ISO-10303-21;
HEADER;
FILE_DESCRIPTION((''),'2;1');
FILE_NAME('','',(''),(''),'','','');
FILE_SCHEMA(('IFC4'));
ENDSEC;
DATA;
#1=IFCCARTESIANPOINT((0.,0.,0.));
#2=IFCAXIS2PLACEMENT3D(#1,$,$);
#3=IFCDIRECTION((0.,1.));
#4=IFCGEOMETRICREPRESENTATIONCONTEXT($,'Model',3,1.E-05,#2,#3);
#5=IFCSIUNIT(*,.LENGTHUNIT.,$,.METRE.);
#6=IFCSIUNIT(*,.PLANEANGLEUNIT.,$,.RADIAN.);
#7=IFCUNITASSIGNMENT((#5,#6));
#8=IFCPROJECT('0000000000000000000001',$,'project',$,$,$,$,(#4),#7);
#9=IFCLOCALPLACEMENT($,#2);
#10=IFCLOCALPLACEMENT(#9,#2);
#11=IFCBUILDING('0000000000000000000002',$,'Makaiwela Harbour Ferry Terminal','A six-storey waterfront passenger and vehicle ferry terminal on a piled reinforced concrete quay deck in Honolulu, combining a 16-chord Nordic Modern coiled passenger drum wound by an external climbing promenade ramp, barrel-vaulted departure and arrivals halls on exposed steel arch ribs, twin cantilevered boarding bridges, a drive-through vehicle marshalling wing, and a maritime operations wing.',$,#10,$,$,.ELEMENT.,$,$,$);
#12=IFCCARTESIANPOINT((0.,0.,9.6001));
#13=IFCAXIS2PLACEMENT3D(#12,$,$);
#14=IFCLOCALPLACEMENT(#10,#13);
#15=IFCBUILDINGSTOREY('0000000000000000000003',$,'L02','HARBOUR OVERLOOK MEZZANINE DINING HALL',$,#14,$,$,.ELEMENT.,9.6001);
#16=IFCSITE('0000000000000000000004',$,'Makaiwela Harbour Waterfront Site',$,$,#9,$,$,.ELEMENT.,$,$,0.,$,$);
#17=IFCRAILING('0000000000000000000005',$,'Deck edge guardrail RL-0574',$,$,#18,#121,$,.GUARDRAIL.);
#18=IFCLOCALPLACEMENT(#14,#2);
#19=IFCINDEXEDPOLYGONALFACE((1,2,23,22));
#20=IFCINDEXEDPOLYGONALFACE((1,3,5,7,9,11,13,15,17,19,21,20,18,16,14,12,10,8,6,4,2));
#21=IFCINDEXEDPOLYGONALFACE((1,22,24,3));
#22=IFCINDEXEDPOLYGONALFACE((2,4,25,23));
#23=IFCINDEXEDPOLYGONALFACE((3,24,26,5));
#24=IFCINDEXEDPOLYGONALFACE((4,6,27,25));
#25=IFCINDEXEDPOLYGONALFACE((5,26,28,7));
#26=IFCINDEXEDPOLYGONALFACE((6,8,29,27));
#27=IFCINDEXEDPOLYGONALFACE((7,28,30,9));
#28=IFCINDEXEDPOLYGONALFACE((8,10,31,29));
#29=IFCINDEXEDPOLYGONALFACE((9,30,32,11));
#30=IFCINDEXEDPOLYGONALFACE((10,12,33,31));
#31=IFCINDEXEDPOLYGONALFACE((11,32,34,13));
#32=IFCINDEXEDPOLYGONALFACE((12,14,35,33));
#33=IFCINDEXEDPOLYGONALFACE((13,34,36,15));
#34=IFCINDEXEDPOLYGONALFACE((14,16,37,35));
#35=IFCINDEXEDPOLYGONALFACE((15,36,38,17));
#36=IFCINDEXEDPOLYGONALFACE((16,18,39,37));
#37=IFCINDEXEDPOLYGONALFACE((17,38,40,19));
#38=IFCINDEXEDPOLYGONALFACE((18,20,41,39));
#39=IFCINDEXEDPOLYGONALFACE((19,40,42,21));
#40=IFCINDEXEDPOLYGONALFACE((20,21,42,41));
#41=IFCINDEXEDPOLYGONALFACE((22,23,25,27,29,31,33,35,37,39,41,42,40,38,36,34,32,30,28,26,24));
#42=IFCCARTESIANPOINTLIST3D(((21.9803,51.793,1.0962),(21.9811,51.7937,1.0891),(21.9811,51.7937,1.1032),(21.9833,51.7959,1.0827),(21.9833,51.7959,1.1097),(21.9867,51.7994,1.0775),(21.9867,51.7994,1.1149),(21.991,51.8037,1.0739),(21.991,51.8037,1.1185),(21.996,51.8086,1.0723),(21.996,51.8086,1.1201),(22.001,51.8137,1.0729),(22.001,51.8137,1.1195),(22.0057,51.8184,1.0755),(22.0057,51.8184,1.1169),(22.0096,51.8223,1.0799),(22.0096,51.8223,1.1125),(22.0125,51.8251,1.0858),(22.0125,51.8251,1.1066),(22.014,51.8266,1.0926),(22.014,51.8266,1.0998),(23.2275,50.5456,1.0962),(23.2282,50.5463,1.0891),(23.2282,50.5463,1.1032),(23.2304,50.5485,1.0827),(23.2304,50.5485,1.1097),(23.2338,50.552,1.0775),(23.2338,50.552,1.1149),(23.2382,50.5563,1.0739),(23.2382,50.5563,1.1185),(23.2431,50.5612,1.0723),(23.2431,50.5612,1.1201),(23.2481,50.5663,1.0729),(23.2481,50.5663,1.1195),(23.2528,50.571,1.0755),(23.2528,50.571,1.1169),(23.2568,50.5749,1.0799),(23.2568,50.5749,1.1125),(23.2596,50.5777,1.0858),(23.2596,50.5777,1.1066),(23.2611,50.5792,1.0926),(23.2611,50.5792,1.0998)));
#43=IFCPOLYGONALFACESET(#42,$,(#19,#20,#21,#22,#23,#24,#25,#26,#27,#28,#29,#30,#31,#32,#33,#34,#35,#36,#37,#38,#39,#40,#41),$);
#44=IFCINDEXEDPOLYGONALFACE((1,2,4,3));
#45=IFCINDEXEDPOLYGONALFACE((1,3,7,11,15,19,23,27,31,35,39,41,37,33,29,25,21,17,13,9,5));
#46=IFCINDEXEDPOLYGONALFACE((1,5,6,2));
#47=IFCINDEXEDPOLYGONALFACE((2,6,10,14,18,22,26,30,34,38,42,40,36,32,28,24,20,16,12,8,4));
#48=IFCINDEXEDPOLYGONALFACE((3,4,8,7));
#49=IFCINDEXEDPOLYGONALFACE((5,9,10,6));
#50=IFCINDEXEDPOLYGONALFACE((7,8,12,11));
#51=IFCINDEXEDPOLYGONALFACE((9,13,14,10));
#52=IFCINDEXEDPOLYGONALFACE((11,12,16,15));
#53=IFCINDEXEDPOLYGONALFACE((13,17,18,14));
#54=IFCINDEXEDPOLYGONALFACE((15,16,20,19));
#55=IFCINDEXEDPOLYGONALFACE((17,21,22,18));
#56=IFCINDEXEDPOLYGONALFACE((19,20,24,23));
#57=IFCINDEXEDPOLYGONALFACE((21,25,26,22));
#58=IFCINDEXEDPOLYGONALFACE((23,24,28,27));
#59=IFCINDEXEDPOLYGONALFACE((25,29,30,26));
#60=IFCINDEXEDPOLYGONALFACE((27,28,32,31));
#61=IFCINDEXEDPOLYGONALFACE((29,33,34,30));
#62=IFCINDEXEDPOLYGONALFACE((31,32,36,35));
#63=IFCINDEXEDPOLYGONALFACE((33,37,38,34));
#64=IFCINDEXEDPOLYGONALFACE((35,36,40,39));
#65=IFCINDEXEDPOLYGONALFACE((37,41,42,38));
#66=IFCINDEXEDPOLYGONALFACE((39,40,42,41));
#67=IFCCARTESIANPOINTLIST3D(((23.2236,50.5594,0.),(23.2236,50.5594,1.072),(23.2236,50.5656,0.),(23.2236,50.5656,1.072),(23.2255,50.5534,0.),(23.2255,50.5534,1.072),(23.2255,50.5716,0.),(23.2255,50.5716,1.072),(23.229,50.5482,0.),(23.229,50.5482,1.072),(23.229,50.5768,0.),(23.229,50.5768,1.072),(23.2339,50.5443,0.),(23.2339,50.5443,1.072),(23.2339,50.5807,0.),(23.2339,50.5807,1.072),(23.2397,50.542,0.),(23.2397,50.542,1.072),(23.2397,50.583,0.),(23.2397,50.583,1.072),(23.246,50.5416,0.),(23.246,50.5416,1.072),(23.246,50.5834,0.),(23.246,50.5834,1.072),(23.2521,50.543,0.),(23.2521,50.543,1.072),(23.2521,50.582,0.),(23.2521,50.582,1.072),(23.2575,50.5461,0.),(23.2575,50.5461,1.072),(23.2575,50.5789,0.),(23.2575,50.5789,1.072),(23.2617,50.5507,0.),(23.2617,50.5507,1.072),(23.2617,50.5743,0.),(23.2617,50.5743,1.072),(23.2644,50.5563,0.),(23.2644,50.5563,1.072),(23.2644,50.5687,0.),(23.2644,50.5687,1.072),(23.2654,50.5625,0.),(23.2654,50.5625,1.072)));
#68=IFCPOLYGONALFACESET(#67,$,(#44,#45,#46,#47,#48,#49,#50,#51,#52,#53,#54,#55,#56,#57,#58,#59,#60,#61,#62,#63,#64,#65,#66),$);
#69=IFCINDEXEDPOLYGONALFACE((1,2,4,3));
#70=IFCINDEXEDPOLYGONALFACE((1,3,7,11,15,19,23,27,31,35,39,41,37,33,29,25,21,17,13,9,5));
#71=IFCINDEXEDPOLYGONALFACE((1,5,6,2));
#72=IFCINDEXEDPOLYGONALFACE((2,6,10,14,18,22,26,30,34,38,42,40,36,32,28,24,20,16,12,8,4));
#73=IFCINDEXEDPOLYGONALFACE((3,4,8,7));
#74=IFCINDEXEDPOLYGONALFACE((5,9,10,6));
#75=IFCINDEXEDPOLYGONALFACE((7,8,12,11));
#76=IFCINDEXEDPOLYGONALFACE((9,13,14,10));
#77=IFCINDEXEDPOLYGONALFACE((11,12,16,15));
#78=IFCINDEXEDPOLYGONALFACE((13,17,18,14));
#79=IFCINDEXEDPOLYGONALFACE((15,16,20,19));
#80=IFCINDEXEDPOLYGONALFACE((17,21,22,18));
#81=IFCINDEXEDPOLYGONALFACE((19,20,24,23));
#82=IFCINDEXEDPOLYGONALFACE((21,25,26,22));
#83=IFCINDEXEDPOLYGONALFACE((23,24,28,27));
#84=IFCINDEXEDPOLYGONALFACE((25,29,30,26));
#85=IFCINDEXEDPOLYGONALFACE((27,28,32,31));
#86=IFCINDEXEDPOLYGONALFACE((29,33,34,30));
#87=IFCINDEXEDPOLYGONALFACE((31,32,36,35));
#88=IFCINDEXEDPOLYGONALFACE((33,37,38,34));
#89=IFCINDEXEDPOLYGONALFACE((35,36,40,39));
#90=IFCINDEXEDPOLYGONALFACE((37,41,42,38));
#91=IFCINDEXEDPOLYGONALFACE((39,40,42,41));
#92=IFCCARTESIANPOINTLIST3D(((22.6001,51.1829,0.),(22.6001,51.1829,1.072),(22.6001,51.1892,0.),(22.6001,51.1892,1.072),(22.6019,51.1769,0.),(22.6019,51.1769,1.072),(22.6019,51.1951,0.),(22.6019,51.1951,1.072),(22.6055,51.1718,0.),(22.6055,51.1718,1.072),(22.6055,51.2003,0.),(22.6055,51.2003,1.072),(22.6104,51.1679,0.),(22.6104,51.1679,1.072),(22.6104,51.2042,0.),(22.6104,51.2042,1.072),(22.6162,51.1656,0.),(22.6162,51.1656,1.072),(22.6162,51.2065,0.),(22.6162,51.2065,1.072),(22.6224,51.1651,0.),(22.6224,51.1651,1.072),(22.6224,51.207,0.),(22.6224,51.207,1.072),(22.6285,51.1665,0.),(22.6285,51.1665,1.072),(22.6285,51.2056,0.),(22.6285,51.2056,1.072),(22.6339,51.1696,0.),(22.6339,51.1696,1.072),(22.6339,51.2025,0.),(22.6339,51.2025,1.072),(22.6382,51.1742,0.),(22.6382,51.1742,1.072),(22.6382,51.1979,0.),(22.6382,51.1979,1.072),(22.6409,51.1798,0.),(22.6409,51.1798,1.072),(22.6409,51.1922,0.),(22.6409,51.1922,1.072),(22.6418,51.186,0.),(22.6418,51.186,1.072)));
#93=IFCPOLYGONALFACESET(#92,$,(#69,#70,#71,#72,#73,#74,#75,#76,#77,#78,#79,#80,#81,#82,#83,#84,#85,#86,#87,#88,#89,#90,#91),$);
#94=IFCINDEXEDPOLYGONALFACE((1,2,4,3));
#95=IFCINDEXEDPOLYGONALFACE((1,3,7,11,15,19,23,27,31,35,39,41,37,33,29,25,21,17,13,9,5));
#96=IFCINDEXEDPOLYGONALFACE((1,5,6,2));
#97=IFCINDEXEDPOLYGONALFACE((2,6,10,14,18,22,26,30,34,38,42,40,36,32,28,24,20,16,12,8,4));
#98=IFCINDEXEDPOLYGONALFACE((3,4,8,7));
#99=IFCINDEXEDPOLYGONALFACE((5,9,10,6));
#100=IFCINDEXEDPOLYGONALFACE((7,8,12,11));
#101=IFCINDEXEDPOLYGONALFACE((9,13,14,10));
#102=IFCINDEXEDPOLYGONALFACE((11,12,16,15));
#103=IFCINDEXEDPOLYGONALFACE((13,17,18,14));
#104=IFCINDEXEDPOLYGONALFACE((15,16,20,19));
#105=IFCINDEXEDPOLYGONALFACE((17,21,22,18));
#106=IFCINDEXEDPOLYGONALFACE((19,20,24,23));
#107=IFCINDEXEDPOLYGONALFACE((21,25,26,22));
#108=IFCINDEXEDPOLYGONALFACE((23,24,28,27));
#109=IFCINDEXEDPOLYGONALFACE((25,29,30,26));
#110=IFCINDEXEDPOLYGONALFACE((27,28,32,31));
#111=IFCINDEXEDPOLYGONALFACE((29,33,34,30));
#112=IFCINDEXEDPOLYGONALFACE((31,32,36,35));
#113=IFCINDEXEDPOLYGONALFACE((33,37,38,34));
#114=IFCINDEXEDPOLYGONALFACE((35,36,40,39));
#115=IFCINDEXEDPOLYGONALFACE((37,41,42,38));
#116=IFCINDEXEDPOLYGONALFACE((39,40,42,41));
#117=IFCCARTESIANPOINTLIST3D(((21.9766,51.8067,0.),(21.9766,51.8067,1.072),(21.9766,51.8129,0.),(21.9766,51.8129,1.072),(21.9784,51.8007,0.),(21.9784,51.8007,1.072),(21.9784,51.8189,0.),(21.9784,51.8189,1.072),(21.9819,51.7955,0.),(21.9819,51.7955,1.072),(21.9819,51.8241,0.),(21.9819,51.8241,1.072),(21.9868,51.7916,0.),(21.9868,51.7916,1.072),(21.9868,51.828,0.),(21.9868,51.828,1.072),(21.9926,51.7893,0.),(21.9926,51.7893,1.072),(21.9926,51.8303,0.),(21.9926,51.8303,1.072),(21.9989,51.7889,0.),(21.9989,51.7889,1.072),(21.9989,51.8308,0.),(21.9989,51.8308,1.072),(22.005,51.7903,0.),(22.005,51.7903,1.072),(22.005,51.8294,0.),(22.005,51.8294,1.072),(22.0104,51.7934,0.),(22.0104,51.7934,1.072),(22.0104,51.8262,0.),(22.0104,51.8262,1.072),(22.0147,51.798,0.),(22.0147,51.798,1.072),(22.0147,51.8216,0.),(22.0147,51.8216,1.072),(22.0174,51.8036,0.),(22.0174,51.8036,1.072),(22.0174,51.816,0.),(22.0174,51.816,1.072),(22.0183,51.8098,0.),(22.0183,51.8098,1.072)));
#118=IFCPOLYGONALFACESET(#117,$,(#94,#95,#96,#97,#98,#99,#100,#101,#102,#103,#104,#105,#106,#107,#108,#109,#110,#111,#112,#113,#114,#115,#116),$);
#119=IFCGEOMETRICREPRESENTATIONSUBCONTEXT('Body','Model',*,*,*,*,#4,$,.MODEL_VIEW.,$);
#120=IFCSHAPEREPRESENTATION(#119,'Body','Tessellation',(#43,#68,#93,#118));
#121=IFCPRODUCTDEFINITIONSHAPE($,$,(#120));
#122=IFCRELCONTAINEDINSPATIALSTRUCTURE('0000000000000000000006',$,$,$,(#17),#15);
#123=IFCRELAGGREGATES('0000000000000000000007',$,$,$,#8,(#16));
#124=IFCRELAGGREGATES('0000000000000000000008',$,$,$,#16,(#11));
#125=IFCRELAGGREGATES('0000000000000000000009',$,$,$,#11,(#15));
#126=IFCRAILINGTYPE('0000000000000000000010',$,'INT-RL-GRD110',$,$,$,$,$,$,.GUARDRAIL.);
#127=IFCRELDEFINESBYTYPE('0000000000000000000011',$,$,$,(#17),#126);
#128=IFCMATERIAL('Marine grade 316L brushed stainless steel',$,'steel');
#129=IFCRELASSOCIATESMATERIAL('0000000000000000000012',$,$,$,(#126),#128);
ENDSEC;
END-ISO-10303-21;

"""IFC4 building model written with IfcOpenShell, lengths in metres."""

from ifc_helpers import new_model, si_unit, direction, frame, origin, origin_2d, place, context, subcontext, project, spatial, circle, extrude, material, type_object, element, save


model = new_model("IFC4")

# Units and contexts
model_context = context("Model", 3, precision=1e-05, world=origin(), true_north=direction((0.0, 1.0)))
body_context = subcontext(model_context, "Body", "Model", "MODEL_VIEW")
ifc_project = project(units=[si_unit("LENGTHUNIT", "METRE"), si_unit("PLANEANGLEUNIT", "RADIAN")], contexts=[model_context])

# Site, building, storey
site_placement = place(None, origin())
site = spatial("IfcSite", under=ifc_project, at=site_placement, Name="Makaiwela Harbour Waterfront Site", CompositionType="ELEMENT", RefElevation=0.0)
building_placement = place(site_placement, origin())
building = spatial("IfcBuilding", under=site, at=building_placement, Name="Makaiwela Harbour Ferry Terminal", Description="A six-storey waterfront passenger and vehicle ferry terminal on a piled reinforced concrete quay deck in Honolulu, combining a 16-chord Nordic Modern coiled passenger drum wound by an external climbing promenade ramp, barrel-vaulted departure and arrivals halls on exposed steel arch ribs, twin cantilevered boarding bridges, a drive-through vehicle marshalling wing, and a maritime operations wing.", CompositionType="ELEMENT")
storey_placement = place(building_placement, frame((0.0, 0.0, 9.6001)))
storey = spatial("IfcBuildingStorey", under=building, at=storey_placement, Name="L02", Description="HARBOUR OVERLOOK MEZZANINE DINING HALL", CompositionType="ELEMENT", Elevation=9.6001)

# Railing
ifc_material_1 = material(Name="Marine grade 316L brushed stainless steel", Category="steel")
railing_type = type_object("IfcRailingType", Name="INT-RL-GRD110", PredefinedType="GUARDRAIL", material=ifc_material_1)
railing_1_placement = place(storey_placement, frame((23.2444, 50.5625, 0.0)))
element("IfcRailing", 1, at=railing_1_placement, inside=storey, type_object=railing_type, Name="Deck edge guardrail RL-0574", PredefinedType="GUARDRAIL", context=body_context, shape_type="SweptSolid", body=[
    extrude(circle(Radius=0.0239, at=origin_2d()), frame((0.0, 0.0, 1.0962), z_axis=(-0.707038, 0.707176, 0.0), x_axis=(-0.707176, -0.707038, 0.0)), (0.0, 0.0, 1.0), 1.7639),
    extrude(circle(Radius=0.021, at=origin_2d()), origin(), (0.0, 0.0, 1.0), 1.072),
    extrude(circle(Radius=0.021, at=origin_2d()), frame((-0.6235, 0.6235, 0.0)), (0.0, 0.0, 1.0), 1.072),
    extrude(circle(Radius=0.021, at=origin_2d()), frame((-1.2471, 1.2473, 0.0)), (0.0, 0.0, 1.0), 1.072),
])

save(model, "model.ifc")
